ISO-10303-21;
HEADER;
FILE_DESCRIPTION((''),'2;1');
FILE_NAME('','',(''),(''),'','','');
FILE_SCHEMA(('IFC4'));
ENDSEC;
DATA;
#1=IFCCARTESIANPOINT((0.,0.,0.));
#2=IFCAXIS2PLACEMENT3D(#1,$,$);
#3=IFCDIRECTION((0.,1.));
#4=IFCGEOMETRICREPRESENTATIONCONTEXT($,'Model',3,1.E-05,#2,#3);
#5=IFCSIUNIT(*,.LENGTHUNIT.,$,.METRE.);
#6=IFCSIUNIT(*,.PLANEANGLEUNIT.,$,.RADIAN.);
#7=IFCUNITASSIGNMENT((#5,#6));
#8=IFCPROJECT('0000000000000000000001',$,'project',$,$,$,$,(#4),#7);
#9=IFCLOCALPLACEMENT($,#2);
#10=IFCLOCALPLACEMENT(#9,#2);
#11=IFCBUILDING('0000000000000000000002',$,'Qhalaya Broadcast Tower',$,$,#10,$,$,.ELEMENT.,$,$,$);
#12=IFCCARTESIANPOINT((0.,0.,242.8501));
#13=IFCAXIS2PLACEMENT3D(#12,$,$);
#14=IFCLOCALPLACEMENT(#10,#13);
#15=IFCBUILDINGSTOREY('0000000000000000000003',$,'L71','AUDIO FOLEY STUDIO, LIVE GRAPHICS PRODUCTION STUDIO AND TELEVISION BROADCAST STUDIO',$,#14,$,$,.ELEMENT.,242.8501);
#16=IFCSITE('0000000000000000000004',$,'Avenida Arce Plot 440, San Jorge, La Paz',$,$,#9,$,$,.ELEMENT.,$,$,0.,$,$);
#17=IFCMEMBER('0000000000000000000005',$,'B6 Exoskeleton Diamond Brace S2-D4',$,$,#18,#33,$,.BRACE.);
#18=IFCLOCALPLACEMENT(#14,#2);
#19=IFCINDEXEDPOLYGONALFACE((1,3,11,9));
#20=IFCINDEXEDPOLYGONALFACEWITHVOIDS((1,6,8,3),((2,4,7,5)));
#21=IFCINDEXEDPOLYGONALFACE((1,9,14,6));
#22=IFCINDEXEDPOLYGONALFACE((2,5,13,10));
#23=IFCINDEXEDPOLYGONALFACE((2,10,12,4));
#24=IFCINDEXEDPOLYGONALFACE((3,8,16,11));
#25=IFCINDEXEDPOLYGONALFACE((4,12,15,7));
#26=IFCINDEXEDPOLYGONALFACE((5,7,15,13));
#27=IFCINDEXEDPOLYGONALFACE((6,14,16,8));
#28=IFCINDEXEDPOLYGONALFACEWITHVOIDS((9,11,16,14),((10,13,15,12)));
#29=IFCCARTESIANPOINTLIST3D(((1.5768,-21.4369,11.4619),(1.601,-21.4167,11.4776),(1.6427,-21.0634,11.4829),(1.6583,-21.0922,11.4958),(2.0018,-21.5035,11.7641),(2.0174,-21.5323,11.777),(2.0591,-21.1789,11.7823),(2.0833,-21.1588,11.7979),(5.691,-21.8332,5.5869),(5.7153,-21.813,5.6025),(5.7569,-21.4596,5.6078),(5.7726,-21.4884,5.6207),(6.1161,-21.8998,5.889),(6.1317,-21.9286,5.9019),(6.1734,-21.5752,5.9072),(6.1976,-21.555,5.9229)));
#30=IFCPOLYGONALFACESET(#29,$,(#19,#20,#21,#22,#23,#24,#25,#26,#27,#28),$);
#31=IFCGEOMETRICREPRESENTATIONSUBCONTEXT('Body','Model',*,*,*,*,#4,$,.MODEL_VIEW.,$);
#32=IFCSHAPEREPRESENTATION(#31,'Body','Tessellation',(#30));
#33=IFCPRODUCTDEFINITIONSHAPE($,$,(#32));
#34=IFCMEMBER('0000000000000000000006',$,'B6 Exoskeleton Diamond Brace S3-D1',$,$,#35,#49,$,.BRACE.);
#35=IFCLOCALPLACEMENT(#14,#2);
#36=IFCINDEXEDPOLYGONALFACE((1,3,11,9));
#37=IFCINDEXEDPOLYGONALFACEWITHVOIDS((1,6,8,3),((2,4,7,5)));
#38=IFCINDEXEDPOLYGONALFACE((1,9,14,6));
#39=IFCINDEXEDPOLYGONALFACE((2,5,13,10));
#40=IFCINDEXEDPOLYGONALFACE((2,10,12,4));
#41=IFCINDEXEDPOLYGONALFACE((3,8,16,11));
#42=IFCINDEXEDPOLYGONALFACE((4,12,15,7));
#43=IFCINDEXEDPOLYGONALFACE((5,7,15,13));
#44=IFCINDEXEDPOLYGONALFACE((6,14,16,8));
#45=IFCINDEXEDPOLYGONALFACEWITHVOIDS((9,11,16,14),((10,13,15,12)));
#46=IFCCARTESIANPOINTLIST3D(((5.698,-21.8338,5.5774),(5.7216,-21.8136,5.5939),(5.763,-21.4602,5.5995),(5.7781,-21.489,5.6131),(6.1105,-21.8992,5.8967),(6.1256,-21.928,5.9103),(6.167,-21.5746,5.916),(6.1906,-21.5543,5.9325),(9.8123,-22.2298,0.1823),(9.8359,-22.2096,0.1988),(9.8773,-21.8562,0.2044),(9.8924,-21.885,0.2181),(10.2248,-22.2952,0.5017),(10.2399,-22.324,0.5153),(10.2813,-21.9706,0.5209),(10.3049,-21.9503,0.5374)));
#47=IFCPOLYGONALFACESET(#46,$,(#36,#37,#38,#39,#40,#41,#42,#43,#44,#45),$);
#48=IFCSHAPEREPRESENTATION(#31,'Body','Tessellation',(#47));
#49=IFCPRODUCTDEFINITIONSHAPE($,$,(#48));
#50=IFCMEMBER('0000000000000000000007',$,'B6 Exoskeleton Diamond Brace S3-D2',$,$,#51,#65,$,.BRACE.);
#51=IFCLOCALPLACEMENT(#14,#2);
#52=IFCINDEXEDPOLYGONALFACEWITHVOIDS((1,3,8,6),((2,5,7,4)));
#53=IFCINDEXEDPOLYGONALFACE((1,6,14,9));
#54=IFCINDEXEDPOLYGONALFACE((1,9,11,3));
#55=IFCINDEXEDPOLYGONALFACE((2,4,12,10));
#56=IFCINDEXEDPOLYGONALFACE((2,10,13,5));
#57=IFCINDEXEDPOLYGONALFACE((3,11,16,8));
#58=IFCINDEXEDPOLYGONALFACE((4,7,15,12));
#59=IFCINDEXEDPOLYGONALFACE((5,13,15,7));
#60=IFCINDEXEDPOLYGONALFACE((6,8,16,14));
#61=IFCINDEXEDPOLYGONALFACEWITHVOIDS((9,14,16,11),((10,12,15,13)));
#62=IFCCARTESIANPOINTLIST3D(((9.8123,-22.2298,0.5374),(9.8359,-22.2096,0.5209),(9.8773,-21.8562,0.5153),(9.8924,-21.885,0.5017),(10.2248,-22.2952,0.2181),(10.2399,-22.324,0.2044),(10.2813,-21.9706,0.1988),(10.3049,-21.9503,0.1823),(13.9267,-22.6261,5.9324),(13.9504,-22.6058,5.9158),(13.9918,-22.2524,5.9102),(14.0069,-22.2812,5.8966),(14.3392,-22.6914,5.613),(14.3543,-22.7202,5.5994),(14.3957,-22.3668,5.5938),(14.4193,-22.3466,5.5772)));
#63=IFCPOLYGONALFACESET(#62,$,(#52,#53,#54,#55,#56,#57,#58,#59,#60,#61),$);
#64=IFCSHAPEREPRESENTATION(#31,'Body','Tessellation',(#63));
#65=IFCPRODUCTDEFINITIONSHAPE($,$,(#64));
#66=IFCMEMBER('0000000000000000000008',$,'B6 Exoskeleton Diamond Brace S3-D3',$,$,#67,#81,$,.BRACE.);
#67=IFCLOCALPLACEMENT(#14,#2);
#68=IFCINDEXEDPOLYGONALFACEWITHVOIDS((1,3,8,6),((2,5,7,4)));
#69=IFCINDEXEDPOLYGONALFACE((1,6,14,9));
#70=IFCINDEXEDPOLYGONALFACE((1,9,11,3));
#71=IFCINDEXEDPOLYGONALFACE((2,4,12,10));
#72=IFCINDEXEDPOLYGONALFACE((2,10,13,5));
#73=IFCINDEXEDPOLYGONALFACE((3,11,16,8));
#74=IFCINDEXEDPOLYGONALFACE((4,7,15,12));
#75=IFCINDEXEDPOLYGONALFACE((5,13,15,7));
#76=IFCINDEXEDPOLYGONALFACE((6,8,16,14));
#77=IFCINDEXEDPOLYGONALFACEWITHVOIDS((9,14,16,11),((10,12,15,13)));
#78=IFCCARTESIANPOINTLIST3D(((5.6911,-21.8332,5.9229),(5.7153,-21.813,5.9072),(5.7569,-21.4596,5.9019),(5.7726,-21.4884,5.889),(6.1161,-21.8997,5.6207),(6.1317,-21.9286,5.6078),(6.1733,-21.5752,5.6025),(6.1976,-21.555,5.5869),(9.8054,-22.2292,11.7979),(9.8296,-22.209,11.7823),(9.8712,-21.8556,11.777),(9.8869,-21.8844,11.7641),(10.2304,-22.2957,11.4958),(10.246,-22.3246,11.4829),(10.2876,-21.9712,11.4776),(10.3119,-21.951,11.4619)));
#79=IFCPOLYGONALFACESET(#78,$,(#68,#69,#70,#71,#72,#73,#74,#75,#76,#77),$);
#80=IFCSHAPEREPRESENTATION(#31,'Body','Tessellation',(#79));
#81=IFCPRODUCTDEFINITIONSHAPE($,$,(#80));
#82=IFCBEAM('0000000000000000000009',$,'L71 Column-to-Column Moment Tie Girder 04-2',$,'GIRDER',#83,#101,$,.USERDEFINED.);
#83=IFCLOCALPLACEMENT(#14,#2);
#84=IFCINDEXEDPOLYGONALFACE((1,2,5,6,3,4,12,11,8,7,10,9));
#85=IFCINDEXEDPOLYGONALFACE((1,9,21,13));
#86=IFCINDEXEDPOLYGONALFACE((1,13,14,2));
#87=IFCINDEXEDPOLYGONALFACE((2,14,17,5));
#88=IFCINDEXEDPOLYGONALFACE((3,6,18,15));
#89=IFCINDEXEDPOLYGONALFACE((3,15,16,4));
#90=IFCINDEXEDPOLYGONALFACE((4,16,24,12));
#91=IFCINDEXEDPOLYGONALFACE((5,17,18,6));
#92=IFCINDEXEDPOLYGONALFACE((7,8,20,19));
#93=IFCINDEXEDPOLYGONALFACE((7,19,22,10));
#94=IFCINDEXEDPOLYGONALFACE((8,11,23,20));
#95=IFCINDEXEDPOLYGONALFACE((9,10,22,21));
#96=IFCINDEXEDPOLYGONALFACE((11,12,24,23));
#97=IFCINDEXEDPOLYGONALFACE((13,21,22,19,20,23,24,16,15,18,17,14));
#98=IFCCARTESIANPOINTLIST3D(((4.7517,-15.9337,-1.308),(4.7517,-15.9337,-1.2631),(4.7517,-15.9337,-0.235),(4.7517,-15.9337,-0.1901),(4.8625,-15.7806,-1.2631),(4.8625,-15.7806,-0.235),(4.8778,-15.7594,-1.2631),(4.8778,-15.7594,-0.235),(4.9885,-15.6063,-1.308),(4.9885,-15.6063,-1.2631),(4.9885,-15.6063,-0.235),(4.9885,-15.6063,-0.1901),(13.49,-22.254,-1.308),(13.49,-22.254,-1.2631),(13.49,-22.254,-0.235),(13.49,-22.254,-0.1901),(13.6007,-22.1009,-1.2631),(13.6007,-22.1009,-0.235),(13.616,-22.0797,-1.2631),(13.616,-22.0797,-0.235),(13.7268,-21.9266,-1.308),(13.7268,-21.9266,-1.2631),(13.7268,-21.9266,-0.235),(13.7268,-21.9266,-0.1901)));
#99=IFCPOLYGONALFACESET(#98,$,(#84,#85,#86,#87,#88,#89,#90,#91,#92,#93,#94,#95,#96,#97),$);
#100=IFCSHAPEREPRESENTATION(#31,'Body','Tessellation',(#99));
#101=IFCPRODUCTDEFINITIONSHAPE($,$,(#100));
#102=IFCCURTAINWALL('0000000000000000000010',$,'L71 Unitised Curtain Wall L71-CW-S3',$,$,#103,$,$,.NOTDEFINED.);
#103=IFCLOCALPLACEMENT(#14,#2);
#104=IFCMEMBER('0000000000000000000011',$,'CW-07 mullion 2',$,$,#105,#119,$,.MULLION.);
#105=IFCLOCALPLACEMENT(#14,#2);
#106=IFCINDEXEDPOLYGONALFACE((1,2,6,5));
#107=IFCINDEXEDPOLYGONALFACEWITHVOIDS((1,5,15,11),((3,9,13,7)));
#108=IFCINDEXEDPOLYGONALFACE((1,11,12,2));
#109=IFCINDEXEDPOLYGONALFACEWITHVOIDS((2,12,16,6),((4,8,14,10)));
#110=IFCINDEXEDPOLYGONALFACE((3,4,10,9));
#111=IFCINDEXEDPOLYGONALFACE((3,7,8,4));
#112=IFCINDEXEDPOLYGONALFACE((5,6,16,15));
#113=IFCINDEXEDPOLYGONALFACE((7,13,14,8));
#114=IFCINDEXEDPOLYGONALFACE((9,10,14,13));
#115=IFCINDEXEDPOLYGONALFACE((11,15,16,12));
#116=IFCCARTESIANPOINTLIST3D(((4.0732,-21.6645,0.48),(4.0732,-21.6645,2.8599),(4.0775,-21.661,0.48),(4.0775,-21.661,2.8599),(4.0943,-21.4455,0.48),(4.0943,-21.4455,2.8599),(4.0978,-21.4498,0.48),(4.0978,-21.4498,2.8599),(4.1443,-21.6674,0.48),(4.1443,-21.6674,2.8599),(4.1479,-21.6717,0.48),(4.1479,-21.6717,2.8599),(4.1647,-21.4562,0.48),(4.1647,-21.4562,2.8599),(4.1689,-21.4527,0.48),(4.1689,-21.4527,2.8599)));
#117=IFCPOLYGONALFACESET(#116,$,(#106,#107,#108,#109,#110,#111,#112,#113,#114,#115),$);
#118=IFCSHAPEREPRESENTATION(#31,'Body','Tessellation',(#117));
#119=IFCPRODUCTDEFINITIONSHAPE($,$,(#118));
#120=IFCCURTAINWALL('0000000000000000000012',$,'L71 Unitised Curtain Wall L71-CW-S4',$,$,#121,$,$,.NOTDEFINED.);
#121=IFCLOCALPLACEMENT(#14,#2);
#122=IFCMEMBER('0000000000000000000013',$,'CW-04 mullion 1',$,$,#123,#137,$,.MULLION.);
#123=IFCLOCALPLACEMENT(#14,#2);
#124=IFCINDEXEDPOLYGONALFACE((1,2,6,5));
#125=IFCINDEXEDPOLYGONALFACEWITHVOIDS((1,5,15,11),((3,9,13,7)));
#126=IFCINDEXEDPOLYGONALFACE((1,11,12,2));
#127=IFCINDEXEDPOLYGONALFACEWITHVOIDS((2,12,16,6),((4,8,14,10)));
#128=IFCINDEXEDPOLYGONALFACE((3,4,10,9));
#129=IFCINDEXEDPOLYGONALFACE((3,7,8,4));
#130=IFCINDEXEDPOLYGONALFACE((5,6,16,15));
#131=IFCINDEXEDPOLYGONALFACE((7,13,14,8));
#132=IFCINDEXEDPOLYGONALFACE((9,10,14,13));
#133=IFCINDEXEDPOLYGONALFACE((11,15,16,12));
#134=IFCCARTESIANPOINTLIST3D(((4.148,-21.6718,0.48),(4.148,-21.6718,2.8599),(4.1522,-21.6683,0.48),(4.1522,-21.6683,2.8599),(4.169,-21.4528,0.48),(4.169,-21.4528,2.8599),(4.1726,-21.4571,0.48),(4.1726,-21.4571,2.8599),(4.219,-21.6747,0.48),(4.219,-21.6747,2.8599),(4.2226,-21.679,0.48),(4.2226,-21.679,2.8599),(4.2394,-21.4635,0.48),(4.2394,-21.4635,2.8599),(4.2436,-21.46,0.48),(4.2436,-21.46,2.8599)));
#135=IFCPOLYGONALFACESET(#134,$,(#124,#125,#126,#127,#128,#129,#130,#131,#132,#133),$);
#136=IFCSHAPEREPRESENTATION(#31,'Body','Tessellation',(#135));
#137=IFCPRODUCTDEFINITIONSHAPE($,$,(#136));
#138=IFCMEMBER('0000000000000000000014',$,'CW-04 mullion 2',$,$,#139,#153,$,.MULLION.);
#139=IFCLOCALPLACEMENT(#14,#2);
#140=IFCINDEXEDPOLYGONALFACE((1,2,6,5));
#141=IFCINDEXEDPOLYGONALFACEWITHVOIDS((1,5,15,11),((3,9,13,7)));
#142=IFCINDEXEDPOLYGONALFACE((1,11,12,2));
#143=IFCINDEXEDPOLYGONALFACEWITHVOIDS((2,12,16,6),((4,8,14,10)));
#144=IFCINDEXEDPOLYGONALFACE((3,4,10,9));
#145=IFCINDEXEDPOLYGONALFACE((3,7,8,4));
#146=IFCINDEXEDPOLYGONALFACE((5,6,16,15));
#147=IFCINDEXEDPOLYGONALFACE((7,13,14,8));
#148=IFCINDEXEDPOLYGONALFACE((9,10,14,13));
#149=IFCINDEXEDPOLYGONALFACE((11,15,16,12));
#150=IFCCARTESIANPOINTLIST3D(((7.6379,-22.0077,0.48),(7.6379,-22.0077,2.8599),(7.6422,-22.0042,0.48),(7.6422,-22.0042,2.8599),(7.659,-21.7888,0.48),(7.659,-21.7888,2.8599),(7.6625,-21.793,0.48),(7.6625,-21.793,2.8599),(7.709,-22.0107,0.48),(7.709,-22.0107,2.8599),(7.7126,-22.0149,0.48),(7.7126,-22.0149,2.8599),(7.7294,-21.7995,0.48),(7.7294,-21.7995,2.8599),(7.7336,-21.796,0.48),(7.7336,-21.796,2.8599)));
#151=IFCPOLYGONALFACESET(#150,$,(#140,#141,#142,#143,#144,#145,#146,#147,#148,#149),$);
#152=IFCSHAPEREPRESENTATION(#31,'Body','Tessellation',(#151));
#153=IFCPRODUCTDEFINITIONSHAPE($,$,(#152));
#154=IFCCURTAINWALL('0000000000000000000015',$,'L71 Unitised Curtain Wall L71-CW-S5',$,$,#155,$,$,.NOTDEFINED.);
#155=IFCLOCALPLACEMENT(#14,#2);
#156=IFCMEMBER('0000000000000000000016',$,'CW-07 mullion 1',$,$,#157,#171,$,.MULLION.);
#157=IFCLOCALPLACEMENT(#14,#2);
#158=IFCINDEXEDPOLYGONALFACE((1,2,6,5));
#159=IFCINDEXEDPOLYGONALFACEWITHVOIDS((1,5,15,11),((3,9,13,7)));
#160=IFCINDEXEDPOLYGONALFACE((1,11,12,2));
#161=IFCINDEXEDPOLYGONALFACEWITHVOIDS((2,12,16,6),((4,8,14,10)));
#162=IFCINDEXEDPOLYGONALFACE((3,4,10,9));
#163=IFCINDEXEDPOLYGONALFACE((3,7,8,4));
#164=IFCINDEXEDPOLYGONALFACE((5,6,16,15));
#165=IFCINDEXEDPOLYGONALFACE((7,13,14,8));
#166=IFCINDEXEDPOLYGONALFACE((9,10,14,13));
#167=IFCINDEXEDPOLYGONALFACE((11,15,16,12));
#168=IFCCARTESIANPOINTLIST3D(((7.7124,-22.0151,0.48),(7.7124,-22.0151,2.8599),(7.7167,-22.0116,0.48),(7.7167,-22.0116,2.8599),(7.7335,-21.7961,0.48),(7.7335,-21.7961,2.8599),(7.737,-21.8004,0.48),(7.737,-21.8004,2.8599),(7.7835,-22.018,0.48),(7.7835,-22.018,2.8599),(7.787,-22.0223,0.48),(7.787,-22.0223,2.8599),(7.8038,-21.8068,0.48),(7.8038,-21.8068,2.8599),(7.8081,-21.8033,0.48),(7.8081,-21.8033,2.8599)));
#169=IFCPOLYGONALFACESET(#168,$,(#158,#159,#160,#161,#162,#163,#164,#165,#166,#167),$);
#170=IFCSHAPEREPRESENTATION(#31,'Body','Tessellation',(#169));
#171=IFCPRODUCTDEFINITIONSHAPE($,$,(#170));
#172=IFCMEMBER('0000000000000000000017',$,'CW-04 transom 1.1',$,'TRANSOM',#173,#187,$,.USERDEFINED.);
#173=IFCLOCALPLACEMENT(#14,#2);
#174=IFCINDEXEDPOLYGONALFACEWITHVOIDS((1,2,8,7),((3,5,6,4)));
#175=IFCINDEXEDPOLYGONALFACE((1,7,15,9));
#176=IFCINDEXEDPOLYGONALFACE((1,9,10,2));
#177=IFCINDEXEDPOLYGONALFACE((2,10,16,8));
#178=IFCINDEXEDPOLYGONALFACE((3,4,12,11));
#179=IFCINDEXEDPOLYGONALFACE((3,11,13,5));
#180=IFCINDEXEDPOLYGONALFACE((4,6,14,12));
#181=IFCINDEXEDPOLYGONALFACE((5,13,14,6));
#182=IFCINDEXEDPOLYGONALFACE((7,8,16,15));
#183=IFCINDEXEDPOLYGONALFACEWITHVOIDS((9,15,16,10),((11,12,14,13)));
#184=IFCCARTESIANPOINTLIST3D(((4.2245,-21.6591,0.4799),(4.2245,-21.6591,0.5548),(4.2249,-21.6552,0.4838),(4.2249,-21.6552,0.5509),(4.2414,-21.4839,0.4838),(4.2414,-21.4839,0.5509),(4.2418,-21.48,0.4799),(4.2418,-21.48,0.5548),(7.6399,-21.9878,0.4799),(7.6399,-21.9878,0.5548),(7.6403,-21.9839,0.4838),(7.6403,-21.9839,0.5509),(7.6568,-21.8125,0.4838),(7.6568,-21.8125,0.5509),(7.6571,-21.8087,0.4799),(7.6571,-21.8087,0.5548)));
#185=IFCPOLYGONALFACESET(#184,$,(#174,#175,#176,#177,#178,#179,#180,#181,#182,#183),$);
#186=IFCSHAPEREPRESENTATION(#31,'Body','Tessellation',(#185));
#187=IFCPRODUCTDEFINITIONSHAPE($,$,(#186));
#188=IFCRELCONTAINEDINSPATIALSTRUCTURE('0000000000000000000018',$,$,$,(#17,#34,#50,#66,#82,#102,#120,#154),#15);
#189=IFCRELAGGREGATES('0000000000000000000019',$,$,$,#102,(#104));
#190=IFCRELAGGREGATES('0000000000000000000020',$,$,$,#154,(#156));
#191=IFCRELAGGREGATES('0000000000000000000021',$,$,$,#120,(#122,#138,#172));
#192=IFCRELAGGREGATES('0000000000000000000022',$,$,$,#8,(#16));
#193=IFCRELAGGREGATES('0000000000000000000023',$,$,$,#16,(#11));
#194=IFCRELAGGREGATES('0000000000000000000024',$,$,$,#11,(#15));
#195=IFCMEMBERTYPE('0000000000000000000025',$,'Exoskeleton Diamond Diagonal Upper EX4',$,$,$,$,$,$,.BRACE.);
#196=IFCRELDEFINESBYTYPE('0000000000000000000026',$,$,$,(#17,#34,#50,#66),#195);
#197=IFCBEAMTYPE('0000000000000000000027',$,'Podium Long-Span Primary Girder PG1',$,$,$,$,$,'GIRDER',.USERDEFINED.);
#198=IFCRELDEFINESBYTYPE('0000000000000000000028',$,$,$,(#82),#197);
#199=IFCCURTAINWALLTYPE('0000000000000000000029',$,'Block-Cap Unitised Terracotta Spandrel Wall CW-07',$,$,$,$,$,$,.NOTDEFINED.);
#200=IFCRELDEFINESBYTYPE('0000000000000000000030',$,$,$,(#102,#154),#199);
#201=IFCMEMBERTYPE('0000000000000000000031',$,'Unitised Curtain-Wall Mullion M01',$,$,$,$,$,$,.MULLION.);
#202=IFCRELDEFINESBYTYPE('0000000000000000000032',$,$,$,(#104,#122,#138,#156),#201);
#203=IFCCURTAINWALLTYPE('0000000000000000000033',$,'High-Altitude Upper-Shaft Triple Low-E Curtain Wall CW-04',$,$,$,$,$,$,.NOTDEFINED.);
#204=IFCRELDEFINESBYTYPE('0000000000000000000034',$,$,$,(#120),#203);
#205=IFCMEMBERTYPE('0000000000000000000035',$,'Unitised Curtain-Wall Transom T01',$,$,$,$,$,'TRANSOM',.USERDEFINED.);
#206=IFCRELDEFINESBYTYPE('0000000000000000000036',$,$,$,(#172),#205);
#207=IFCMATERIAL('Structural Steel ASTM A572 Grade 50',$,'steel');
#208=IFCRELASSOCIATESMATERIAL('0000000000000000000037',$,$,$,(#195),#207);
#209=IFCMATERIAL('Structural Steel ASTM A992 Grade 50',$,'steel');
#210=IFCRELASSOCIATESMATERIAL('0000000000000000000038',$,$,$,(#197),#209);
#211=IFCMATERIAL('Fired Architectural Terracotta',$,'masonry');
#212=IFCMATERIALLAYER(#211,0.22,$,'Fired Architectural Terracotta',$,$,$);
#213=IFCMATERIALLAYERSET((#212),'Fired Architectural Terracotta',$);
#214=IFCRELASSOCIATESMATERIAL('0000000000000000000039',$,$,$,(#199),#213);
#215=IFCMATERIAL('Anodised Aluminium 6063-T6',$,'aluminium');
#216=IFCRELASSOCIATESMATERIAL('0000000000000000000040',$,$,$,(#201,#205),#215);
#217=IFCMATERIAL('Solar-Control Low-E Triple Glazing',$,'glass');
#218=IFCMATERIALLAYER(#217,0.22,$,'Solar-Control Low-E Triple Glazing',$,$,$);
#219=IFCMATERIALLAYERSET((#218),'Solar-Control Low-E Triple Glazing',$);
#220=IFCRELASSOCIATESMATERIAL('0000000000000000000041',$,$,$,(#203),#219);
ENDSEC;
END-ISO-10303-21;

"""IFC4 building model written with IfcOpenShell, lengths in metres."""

from ifc_helpers import new_model, si_unit, direction, frame, origin, origin_2d, place, context, subcontext, project, spatial, hollow_rectangle, i_section, extrude, material, layer, layer_set, material_profile, profile_set, type_object, element, aggregate, save


model = new_model("IFC4")

# Units and contexts
model_context = context("Model", 3, precision=1e-05, world=origin(), true_north=direction((0.0, 1.0)))
body_context = subcontext(model_context, "Body", "Model", "MODEL_VIEW")
ifc_project = project(units=[si_unit("LENGTHUNIT", "METRE"), si_unit("PLANEANGLEUNIT", "RADIAN")], contexts=[model_context])

# Site, building, storey
site_placement = place(None, origin())
site = spatial("IfcSite", under=ifc_project, at=site_placement, Name="Avenida Arce Plot 440, San Jorge, La Paz", CompositionType="ELEMENT", RefElevation=0.0)
building_placement = place(site_placement, origin())
building = spatial("IfcBuilding", under=site, at=building_placement, Name="Qhalaya Broadcast Tower", CompositionType="ELEMENT")
storey_placement = place(building_placement, frame((0.0, 0.0, 242.8501)))
storey = spatial("IfcBuildingStorey", under=building, at=storey_placement, Name="L71", Description="AUDIO FOLEY STUDIO, LIVE GRAPHICS PRODUCTION STUDIO AND TELEVISION BROADCAST STUDIO", CompositionType="ELEMENT", Elevation=242.8501)

# Shared definitions
ifc_material_1 = material(Name="Structural Steel ASTM A572 Grade 50", Category="steel")

# Shared definitions
ifc_material_2 = material(Name="Structural Steel ASTM A992 Grade 50", Category="steel")

# Members
ifc_material_profile_1 = material_profile(ifc_material_1, hollow_rectangle(XDim=0.3799, YDim=0.55, WallThickness=0.0249, at=origin_2d()), Name="BOX 380x550x25")
ifc_profile_set_1 = profile_set([ifc_material_profile_1], Name="Structural Steel ASTM A572 Grade 50")
member_type_1 = type_object("IfcMemberType", Name="Exoskeleton Diamond Diagonal Upper EX4", PredefinedType="BRACE", material=ifc_profile_set_1)
member_1_placement = place(storey_placement, frame((5.9443, -21.6941, 5.7549), z_axis=(-0.572753, 0.055161, 0.81787), x_axis=(-0.173452, -0.983297, -0.05515)))
element("IfcMember", 1, at=member_1_placement, inside=storey, type_object=member_type_1, Name="B6 Exoskeleton Diamond Brace S2-D4", PredefinedType="BRACE", context=body_context, shape_type="SweptSolid", body=[
    extrude(hollow_rectangle(XDim=0.3799, YDim=0.55, WallThickness=0.0249, at=origin_2d()), origin(), (0.0, 0.0, 1.0), 7.1833),
])
for number, where, z_axis, x_axis, name in (
    (2, (10.0586, -22.0901, 0.3599), (-0.605364, 0.058266, 0.793813), (-0.171099, -0.983528, -0.05829), "B6 Exoskeleton Diamond Brace S3-D1"),
    (3, (10.0586, -22.0901, 0.3599), (0.605386, -0.058301, 0.793794), (0.17115, 0.983519, -0.058292), "B6 Exoskeleton Diamond Brace S3-D2"),
):
    element("IfcMember", number, at=place(storey_placement, frame(where, z_axis=z_axis, x_axis=x_axis)), inside=storey, type_object=member_type_1, Name=name, PredefinedType="BRACE", context=body_context, shape_type="SweptSolid", body=[
        extrude(hollow_rectangle(XDim=0.3799, YDim=0.55, WallThickness=0.0249, at=origin_2d()), origin(), (0.0, 0.0, 1.0), 6.7964),
    ])
member_2_placement = place(storey_placement, frame((5.9443, -21.6941, 5.7549), z_axis=(0.572755, -0.055127, 0.817871), x_axis=(0.173395, 0.983307, -0.05515)))
element("IfcMember", 4, at=member_2_placement, inside=storey, type_object=member_type_1, Name="B6 Exoskeleton Diamond Brace S3-D3", PredefinedType="BRACE", context=body_context, shape_type="SweptSolid", body=[
    extrude(hollow_rectangle(XDim=0.3799, YDim=0.55, WallThickness=0.0249, at=origin_2d()), origin(), (0.0, 0.0, 1.0), 7.1833),
])

# Beam
ifc_material_profile_2 = material_profile(ifc_material_2, i_section(OverallWidth=0.4041, OverallDepth=1.1179, WebThickness=0.0261, FlangeThickness=0.0449, at=origin_2d()), Name="W44X335")
ifc_profile_set_2 = profile_set([ifc_material_profile_2], Name="Structural Steel ASTM A992 Grade 50")
beam_type_1 = type_object("IfcBeamType", Name="Podium Long-Span Primary Girder PG1", ElementType="GIRDER", PredefinedType="USERDEFINED", material=ifc_profile_set_2)
beam_1_placement = place(storey_placement, frame((4.8701, -15.77, -0.749), z_axis=(0.810268, -0.586059, 0.0), x_axis=(0.586059, 0.810268, 0.0)))
element("IfcBeam", 5, at=beam_1_placement, inside=storey, type_object=beam_type_1, Name="L71 Column-to-Column Moment Tie Girder 04-2", ObjectType="GIRDER", PredefinedType="USERDEFINED", context=body_context, shape_type="SweptSolid", body=[
    extrude(i_section(OverallWidth=0.4041, OverallDepth=1.1179, WebThickness=0.0261, FlangeThickness=0.0449, at=origin_2d()), origin(), (0.0, 0.0, 1.0), 10.7844),
])

# Curtain wall, member
ifc_material_3 = material(Name="Fired Architectural Terracotta", Category="masonry")
ifc_layer_1 = layer(ifc_material_3, 0.22, Name="Fired Architectural Terracotta")
ifc_layer_set_1 = layer_set([ifc_layer_1], Name="Fired Architectural Terracotta")
curtain_wall_type_1 = type_object("IfcCurtainWallType", Name="Block-Cap Unitised Terracotta Spandrel Wall CW-07", PredefinedType="NOTDEFINED", material=ifc_layer_set_1)
curtain_wall_1_placement = place(storey_placement, origin())
curtain_wall_1 = element("IfcCurtainWall", 6, at=curtain_wall_1_placement, inside=storey, type_object=curtain_wall_type_1, Name="L71 Unitised Curtain Wall L71-CW-S3", PredefinedType="NOTDEFINED")
ifc_material_4 = material(Name="Anodised Aluminium 6063-T6", Category="aluminium")
ifc_material_profile_3 = material_profile(ifc_material_4, hollow_rectangle(XDim=0.075, YDim=0.22, WallThickness=0.0039, at=origin_2d()), Name="ALU-MUL 75x220x4")
ifc_profile_set_3 = profile_set([ifc_material_profile_3], Name="Anodised Aluminium 6063-T6")
member_type_2 = type_object("IfcMemberType", Name="Unitised Curtain-Wall Mullion M01", PredefinedType="MULLION", material=ifc_profile_set_3)
member_3_placement = place(storey_placement, frame((4.1211, -21.5586, 0.48), z_axis=(0.0, 0.0, 1.0), x_axis=(0.995395, -0.09586, 0.0)))
member_3 = element("IfcMember", 7, at=member_3_placement, type_object=member_type_2, Name="CW-07 mullion 2", PredefinedType="MULLION", context=body_context, shape_type="SweptSolid", body=[
    extrude(hollow_rectangle(XDim=0.075, YDim=0.22, WallThickness=0.0039, at=origin_2d()), origin(), (0.0, 0.0, 1.0), 2.3799),
])
aggregate(curtain_wall_1, [member_3])

# Curtain wall, members
ifc_material_5 = material(Name="Solar-Control Low-E Triple Glazing", Category="glass")
ifc_layer_2 = layer(ifc_material_5, 0.22, Name="Solar-Control Low-E Triple Glazing")
ifc_layer_set_2 = layer_set([ifc_layer_2], Name="Solar-Control Low-E Triple Glazing")
curtain_wall_type_2 = type_object("IfcCurtainWallType", Name="High-Altitude Upper-Shaft Triple Low-E Curtain Wall CW-04", PredefinedType="NOTDEFINED", material=ifc_layer_set_2)
curtain_wall_2_placement = place(storey_placement, origin())
curtain_wall_2 = element("IfcCurtainWall", 8, at=curtain_wall_2_placement, inside=storey, type_object=curtain_wall_type_2, Name="L71 Unitised Curtain Wall L71-CW-S4", PredefinedType="NOTDEFINED")
member_4_placement = place(storey_placement, frame((4.1958, -21.5659, 0.48), z_axis=(0.0, 0.0, 1.0), x_axis=(0.995397, -0.09584, 0.0)))
member_4 = element("IfcMember", 9, at=member_4_placement, type_object=member_type_2, Name="CW-04 mullion 1", PredefinedType="MULLION", context=body_context, shape_type="SweptSolid", body=[
    extrude(hollow_rectangle(XDim=0.075, YDim=0.22, WallThickness=0.0039, at=origin_2d()), origin(), (0.0, 0.0, 1.0), 2.3799),
])
member_5_placement = place(storey_placement, frame((7.6858, -21.9019, 0.48), z_axis=(0.0, 0.0, 1.0), x_axis=(0.995397, -0.09584, 0.0)))
member_5 = element("IfcMember", 10, at=member_5_placement, type_object=member_type_2, Name="CW-04 mullion 2", PredefinedType="MULLION", context=body_context, shape_type="SweptSolid", body=[
    extrude(hollow_rectangle(XDim=0.075, YDim=0.22, WallThickness=0.0039, at=origin_2d()), origin(), (0.0, 0.0, 1.0), 2.3799),
])

# Curtain wall, member
curtain_wall_3_placement = place(storey_placement, origin())
curtain_wall_3 = element("IfcCurtainWall", 11, at=curtain_wall_3_placement, inside=storey, type_object=curtain_wall_type_1, Name="L71 Unitised Curtain Wall L71-CW-S5", PredefinedType="NOTDEFINED")
member_6_placement = place(storey_placement, frame((7.7603, -21.9092, 0.48), z_axis=(0.0, 0.0, 1.0), x_axis=(0.995396, -0.095848, 0.0)))
member_6 = element("IfcMember", 12, at=member_6_placement, type_object=member_type_2, Name="CW-07 mullion 1", PredefinedType="MULLION", context=body_context, shape_type="SweptSolid", body=[
    extrude(hollow_rectangle(XDim=0.075, YDim=0.22, WallThickness=0.0039, at=origin_2d()), origin(), (0.0, 0.0, 1.0), 2.3799),
])

# Member
ifc_material_profile_4 = material_profile(ifc_material_4, hollow_rectangle(XDim=0.075, YDim=0.1799, WallThickness=0.0039, at=origin_2d()), Name="ALU-TRN 75x180x4")
ifc_profile_set_4 = profile_set([ifc_material_profile_4], Name="Anodised Aluminium 6063-T6")
member_type_3 = type_object("IfcMemberType", Name="Unitised Curtain-Wall Transom T01", ElementType="TRANSOM", PredefinedType="USERDEFINED", material=ifc_profile_set_4)
member_7_placement = place(storey_placement, frame((4.2332, -21.5696, 0.5173), z_axis=(0.995403, -0.095776, 0.0), x_axis=(0.0, 0.0, 1.0)))
member_7 = element("IfcMember", 13, at=member_7_placement, type_object=member_type_3, Name="CW-04 transom 1.1", ObjectType="TRANSOM", PredefinedType="USERDEFINED", context=body_context, shape_type="SweptSolid", body=[
    extrude(hollow_rectangle(XDim=0.075, YDim=0.1799, WallThickness=0.0039, at=origin_2d()), origin(), (0.0, 0.0, 1.0), 3.4312),
])
aggregate(curtain_wall_3, [member_6])

aggregate(curtain_wall_2, [member_4, member_5, member_7])

save(model, "model.ifc")
